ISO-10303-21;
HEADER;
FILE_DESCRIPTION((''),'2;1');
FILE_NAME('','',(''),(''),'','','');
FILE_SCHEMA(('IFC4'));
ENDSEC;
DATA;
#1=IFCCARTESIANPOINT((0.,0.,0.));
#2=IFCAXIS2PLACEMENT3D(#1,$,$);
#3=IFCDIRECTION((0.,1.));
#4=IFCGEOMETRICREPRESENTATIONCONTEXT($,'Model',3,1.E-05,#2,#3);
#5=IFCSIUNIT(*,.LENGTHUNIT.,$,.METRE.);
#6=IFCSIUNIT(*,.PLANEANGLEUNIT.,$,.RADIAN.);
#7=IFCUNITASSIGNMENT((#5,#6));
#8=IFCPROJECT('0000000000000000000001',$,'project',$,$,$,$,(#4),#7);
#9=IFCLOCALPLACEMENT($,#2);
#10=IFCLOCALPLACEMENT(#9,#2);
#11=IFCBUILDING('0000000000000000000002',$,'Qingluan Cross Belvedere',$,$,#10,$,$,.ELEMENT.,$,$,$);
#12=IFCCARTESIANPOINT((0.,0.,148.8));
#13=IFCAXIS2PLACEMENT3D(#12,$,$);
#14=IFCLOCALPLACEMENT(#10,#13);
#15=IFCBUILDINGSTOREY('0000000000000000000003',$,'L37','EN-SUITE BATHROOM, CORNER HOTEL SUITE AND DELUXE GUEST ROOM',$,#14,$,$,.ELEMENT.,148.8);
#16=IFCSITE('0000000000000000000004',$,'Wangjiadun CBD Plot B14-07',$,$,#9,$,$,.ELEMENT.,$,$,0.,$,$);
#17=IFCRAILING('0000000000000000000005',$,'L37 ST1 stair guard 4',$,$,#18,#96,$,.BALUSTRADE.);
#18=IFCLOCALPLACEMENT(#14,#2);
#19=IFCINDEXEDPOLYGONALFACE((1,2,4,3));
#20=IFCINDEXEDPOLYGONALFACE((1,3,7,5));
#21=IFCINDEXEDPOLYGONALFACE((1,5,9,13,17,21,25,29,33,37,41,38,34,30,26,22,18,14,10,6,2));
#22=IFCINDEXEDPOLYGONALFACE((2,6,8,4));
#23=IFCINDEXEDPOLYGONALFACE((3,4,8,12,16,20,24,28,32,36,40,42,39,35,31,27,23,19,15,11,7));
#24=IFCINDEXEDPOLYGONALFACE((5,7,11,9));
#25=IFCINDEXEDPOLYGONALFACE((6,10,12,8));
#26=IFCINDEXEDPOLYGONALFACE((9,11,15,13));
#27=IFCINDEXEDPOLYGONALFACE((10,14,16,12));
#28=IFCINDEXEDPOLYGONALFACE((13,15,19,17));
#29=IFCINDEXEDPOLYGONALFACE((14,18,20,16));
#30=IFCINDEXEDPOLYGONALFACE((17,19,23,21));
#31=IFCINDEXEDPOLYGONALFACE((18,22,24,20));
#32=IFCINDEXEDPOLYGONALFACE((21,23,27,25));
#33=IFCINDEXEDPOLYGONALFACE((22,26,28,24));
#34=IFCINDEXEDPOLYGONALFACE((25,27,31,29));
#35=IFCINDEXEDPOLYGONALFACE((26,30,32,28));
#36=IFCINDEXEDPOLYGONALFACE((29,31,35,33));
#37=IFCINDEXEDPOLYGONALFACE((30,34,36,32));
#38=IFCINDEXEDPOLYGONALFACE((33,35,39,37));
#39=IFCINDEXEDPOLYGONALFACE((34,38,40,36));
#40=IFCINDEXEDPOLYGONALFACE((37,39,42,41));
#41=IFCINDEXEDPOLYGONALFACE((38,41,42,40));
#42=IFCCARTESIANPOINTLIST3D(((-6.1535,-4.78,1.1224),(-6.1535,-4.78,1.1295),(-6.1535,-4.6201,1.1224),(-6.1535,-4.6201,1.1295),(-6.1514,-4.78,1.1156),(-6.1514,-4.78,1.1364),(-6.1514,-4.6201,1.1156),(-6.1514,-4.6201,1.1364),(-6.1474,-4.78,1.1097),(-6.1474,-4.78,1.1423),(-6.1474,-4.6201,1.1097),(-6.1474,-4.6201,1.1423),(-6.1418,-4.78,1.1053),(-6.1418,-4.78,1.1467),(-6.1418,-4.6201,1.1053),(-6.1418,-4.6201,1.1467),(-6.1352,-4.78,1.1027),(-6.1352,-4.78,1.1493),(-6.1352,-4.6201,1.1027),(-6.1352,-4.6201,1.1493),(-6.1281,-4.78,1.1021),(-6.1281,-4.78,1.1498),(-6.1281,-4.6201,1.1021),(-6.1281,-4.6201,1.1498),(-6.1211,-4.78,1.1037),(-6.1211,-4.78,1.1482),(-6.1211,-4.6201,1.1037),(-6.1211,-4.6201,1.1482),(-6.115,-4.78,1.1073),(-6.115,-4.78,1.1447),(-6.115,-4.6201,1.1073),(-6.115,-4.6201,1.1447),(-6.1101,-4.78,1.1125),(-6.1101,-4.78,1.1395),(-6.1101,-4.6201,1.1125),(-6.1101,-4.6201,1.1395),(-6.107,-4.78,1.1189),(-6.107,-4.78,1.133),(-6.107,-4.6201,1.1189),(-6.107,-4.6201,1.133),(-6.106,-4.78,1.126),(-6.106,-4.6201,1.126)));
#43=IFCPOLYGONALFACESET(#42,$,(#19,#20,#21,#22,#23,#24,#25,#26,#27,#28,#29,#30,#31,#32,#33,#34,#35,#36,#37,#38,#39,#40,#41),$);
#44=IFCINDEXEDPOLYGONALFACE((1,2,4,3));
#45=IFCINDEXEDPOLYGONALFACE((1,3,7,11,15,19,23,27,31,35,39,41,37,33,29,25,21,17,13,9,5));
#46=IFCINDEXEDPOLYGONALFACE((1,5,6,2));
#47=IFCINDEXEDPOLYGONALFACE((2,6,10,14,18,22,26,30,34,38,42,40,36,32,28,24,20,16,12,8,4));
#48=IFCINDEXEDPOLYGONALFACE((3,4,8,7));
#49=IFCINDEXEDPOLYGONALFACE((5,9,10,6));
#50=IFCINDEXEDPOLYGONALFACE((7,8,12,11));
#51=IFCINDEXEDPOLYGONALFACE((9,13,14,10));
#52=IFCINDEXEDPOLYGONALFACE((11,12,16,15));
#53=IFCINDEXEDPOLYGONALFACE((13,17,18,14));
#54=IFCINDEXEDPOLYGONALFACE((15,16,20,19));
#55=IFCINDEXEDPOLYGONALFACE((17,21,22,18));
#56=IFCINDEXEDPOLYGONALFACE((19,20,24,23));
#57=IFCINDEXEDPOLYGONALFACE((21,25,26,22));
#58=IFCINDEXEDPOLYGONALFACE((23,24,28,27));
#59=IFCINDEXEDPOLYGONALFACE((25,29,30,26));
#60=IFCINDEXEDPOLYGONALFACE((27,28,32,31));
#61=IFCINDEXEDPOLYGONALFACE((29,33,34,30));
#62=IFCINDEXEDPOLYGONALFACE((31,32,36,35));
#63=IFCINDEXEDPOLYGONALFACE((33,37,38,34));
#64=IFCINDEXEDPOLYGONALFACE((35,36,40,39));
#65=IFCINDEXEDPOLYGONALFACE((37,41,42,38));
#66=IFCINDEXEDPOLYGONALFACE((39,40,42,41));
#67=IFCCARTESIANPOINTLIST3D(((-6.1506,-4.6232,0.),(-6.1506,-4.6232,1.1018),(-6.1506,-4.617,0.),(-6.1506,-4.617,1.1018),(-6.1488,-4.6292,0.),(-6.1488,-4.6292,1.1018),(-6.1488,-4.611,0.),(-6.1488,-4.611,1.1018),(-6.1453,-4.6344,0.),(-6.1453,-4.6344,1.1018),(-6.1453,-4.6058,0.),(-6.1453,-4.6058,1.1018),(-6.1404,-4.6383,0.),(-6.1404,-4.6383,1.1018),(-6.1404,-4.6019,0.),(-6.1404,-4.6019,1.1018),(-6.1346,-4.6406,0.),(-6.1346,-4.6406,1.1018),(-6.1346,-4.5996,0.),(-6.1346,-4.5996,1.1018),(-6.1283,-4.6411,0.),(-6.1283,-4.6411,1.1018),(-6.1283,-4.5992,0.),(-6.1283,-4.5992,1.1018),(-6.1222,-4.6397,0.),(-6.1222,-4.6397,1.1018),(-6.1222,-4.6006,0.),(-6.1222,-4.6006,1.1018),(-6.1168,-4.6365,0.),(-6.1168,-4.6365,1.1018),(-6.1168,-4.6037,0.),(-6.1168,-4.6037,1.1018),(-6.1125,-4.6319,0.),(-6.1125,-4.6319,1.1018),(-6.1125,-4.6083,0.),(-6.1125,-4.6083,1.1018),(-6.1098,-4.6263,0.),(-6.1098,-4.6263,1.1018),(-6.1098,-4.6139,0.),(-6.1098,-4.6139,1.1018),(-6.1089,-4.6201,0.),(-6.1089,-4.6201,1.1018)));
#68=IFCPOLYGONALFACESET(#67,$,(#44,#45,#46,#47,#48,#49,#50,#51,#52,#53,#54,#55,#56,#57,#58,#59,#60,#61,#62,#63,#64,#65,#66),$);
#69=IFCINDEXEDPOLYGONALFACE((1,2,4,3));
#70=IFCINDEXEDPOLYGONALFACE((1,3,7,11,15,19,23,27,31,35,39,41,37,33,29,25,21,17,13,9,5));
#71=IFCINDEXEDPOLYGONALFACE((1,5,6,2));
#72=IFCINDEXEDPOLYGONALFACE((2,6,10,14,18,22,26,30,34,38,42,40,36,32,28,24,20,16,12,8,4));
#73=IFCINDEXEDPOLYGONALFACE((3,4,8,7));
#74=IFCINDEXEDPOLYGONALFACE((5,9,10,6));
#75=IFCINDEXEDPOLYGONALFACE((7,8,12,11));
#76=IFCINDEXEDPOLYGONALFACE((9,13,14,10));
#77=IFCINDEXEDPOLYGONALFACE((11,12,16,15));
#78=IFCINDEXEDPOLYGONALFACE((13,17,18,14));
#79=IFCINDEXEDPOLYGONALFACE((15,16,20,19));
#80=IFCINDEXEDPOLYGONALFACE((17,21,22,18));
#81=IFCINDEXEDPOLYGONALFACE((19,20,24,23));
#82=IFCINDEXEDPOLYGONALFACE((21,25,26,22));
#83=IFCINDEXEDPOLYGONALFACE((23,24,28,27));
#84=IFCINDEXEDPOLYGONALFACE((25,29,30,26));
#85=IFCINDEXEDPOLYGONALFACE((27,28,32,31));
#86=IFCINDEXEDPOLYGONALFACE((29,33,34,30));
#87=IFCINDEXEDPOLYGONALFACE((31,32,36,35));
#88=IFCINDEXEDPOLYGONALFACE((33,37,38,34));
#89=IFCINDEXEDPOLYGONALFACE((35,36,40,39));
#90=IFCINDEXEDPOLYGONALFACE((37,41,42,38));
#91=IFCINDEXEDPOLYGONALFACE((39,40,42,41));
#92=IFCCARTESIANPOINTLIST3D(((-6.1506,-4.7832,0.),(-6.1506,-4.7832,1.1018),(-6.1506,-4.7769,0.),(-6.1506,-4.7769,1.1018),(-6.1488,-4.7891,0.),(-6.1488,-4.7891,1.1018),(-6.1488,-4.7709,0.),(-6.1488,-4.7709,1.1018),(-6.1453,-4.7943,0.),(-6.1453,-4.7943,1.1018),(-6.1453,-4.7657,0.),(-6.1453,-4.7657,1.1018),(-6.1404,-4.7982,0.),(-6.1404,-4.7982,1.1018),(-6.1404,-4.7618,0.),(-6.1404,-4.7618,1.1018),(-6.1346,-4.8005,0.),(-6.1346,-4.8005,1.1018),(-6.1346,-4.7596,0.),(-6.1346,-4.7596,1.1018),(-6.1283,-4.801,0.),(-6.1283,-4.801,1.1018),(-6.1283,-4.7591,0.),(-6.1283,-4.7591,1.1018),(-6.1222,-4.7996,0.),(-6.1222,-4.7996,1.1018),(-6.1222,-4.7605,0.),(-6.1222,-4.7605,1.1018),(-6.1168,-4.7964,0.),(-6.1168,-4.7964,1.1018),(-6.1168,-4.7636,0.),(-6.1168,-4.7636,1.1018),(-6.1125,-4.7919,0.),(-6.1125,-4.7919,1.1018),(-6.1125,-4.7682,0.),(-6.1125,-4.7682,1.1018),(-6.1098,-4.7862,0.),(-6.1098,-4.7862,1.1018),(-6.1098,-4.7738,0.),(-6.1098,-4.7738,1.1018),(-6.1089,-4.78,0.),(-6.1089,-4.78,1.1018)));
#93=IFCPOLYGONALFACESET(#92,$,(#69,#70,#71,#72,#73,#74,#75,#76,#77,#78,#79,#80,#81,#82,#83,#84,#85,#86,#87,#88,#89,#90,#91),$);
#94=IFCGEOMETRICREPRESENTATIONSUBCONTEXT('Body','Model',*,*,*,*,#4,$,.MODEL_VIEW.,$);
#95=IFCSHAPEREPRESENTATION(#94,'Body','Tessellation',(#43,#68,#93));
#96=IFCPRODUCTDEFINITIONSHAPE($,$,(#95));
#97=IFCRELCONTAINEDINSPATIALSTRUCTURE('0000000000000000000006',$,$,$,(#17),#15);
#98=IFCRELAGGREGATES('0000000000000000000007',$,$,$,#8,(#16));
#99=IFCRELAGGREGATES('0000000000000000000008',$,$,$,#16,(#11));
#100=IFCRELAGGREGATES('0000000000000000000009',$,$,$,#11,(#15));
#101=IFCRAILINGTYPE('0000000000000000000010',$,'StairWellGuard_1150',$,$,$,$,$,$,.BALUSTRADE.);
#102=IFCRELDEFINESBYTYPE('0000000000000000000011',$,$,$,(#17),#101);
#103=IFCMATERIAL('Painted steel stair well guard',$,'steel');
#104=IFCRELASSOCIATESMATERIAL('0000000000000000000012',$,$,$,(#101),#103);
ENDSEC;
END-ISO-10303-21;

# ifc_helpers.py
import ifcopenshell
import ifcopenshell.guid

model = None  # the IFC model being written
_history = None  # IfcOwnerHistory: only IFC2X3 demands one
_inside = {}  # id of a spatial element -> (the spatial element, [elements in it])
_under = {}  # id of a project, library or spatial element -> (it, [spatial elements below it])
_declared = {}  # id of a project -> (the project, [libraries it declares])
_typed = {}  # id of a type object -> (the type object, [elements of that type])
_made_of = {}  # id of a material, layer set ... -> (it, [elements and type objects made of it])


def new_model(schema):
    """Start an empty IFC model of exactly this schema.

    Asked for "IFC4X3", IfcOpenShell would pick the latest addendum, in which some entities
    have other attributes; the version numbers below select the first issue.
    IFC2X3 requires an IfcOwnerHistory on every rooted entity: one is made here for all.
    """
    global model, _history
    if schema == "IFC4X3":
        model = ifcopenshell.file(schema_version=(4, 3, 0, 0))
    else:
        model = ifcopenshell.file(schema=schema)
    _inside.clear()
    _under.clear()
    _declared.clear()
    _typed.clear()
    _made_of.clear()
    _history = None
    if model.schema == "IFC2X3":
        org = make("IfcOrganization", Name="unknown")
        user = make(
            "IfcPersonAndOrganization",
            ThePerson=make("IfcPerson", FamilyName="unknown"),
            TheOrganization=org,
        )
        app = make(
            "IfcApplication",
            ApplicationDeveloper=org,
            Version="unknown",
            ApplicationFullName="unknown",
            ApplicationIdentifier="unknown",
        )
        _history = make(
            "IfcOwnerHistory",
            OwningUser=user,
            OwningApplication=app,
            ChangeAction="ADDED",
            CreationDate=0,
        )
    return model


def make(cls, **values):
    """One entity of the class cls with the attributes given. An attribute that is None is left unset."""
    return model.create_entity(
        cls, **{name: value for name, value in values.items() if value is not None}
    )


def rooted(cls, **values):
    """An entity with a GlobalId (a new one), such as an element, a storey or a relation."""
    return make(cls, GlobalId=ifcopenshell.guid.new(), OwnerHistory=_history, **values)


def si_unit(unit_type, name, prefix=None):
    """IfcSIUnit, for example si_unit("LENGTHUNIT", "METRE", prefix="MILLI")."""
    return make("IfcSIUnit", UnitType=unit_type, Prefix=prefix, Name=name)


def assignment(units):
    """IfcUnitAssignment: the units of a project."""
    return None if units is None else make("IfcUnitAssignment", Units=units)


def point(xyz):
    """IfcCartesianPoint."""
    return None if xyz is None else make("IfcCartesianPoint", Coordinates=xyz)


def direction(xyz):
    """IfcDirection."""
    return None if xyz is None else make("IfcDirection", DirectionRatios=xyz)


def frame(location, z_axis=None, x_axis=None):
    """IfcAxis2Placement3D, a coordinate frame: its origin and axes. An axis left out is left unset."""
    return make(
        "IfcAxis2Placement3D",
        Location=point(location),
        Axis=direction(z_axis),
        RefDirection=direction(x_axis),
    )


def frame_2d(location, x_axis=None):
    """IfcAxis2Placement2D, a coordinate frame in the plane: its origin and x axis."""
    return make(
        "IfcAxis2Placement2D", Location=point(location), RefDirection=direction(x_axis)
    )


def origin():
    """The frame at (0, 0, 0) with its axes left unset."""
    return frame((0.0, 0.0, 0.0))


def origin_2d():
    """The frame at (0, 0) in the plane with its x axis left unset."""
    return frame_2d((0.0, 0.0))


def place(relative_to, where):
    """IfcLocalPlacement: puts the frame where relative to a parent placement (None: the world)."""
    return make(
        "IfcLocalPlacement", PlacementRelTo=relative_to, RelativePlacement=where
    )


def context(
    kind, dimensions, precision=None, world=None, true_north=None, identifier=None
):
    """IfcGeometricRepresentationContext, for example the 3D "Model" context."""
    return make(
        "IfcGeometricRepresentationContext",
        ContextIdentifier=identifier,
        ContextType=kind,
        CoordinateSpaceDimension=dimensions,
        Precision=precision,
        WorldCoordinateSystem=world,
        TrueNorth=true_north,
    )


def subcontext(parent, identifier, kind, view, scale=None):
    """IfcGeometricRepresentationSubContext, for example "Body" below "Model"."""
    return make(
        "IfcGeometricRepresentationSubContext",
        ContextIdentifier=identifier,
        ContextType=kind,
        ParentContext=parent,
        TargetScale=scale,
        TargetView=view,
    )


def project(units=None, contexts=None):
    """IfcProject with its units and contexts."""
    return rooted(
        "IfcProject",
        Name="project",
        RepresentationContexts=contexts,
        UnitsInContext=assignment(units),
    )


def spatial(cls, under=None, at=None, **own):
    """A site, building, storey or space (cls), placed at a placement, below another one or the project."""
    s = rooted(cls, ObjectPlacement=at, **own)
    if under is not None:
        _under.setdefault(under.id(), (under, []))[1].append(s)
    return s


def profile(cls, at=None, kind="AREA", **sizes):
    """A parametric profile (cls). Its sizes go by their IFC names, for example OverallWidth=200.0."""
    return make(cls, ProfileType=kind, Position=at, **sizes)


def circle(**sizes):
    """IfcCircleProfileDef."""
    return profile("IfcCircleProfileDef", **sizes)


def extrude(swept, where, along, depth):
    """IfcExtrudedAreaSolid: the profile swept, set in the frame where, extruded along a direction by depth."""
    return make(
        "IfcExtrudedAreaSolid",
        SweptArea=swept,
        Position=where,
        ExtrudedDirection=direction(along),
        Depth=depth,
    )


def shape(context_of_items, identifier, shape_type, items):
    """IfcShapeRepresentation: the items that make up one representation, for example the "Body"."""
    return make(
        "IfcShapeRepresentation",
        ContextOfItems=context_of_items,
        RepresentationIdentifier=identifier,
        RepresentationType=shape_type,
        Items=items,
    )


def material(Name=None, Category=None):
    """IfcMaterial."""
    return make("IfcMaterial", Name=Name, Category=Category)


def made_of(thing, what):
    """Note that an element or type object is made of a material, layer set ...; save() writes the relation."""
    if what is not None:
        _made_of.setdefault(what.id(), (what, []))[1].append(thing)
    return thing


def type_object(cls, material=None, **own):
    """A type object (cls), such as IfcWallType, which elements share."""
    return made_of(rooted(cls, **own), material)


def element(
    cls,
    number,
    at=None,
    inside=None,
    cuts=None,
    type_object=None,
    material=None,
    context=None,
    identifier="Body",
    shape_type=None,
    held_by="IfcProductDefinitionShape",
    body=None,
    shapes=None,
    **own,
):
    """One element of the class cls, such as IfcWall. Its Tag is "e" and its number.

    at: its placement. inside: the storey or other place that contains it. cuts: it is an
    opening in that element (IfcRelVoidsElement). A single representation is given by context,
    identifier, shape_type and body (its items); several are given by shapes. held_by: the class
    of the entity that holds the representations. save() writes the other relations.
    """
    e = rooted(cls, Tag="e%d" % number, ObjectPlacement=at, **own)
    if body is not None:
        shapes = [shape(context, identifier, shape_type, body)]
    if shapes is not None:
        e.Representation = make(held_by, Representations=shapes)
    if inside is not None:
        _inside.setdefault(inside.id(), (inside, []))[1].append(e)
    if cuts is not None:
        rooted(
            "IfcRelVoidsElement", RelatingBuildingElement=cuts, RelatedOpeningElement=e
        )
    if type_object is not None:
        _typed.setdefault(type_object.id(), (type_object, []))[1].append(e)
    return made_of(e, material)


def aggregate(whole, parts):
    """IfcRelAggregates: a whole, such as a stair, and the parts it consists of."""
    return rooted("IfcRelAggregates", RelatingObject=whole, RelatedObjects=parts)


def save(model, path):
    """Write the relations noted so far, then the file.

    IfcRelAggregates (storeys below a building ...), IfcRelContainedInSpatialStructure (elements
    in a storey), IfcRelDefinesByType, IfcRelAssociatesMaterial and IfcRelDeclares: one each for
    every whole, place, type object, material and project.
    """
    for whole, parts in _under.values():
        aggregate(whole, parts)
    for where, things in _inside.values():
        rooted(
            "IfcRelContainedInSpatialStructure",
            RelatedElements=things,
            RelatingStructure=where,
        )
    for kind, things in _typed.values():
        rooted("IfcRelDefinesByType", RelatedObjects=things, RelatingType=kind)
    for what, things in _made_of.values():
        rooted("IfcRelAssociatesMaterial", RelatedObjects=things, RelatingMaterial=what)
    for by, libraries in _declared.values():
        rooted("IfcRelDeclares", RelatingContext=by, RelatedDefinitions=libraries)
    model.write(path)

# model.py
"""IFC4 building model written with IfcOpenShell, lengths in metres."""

from ifc_helpers import new_model, si_unit, direction, frame, origin, origin_2d, place, context, subcontext, project, spatial, circle, extrude, material, type_object, element, save


model = new_model("IFC4")

# Units and contexts
model_context = context("Model", 3, precision=1e-05, world=origin(), true_north=direction((0.0, 1.0)))
body_context = subcontext(model_context, "Body", "Model", "MODEL_VIEW")
ifc_project = project(units=[si_unit("LENGTHUNIT", "METRE"), si_unit("PLANEANGLEUNIT", "RADIAN")], contexts=[model_context])

# Site, building, storey
site_placement = place(None, origin())
site = spatial("IfcSite", under=ifc_project, at=site_placement, Name="Wangjiadun CBD Plot B14-07", CompositionType="ELEMENT", RefElevation=0.0)
building_placement = place(site_placement, origin())
building = spatial("IfcBuilding", under=site, at=building_placement, Name="Qingluan Cross Belvedere", CompositionType="ELEMENT")
storey_placement = place(building_placement, frame((0.0, 0.0, 148.8)))
storey = spatial("IfcBuildingStorey", under=building, at=storey_placement, Name="L37", Description="EN-SUITE BATHROOM, CORNER HOTEL SUITE AND DELUXE GUEST ROOM", CompositionType="ELEMENT", Elevation=148.8)

# Railing
ifc_material_1 = material(Name="Painted steel stair well guard", Category="steel")
railing_type_1 = type_object("IfcRailingType", Name="StairWellGuard_1150", PredefinedType="BALUSTRADE", material=ifc_material_1)
railing_1_placement = place(storey_placement, frame((-6.1299, -4.6201, 0.0)))
element("IfcRailing", 1, at=railing_1_placement, inside=storey, type_object=railing_type_1, Name="L37 ST1 stair guard 4", PredefinedType="BALUSTRADE", context=body_context, shape_type="SweptSolid", body=[
    extrude(circle(Radius=0.0239, at=origin_2d()), frame((0.0, 0.0, 1.126), z_axis=(0.0, -1.0, 0.0), x_axis=(1.0, 0.0, 0.0)), (0.0, 0.0, 1.0), 0.1599),
    extrude(circle(Radius=0.021, at=origin_2d()), origin(), (0.0, 0.0, 1.0), 1.1018),
    extrude(circle(Radius=0.021, at=origin_2d()), frame((0.0, -0.1599, 0.0)), (0.0, 0.0, 1.0), 1.1018),
])

save(model, "model.ifc")
